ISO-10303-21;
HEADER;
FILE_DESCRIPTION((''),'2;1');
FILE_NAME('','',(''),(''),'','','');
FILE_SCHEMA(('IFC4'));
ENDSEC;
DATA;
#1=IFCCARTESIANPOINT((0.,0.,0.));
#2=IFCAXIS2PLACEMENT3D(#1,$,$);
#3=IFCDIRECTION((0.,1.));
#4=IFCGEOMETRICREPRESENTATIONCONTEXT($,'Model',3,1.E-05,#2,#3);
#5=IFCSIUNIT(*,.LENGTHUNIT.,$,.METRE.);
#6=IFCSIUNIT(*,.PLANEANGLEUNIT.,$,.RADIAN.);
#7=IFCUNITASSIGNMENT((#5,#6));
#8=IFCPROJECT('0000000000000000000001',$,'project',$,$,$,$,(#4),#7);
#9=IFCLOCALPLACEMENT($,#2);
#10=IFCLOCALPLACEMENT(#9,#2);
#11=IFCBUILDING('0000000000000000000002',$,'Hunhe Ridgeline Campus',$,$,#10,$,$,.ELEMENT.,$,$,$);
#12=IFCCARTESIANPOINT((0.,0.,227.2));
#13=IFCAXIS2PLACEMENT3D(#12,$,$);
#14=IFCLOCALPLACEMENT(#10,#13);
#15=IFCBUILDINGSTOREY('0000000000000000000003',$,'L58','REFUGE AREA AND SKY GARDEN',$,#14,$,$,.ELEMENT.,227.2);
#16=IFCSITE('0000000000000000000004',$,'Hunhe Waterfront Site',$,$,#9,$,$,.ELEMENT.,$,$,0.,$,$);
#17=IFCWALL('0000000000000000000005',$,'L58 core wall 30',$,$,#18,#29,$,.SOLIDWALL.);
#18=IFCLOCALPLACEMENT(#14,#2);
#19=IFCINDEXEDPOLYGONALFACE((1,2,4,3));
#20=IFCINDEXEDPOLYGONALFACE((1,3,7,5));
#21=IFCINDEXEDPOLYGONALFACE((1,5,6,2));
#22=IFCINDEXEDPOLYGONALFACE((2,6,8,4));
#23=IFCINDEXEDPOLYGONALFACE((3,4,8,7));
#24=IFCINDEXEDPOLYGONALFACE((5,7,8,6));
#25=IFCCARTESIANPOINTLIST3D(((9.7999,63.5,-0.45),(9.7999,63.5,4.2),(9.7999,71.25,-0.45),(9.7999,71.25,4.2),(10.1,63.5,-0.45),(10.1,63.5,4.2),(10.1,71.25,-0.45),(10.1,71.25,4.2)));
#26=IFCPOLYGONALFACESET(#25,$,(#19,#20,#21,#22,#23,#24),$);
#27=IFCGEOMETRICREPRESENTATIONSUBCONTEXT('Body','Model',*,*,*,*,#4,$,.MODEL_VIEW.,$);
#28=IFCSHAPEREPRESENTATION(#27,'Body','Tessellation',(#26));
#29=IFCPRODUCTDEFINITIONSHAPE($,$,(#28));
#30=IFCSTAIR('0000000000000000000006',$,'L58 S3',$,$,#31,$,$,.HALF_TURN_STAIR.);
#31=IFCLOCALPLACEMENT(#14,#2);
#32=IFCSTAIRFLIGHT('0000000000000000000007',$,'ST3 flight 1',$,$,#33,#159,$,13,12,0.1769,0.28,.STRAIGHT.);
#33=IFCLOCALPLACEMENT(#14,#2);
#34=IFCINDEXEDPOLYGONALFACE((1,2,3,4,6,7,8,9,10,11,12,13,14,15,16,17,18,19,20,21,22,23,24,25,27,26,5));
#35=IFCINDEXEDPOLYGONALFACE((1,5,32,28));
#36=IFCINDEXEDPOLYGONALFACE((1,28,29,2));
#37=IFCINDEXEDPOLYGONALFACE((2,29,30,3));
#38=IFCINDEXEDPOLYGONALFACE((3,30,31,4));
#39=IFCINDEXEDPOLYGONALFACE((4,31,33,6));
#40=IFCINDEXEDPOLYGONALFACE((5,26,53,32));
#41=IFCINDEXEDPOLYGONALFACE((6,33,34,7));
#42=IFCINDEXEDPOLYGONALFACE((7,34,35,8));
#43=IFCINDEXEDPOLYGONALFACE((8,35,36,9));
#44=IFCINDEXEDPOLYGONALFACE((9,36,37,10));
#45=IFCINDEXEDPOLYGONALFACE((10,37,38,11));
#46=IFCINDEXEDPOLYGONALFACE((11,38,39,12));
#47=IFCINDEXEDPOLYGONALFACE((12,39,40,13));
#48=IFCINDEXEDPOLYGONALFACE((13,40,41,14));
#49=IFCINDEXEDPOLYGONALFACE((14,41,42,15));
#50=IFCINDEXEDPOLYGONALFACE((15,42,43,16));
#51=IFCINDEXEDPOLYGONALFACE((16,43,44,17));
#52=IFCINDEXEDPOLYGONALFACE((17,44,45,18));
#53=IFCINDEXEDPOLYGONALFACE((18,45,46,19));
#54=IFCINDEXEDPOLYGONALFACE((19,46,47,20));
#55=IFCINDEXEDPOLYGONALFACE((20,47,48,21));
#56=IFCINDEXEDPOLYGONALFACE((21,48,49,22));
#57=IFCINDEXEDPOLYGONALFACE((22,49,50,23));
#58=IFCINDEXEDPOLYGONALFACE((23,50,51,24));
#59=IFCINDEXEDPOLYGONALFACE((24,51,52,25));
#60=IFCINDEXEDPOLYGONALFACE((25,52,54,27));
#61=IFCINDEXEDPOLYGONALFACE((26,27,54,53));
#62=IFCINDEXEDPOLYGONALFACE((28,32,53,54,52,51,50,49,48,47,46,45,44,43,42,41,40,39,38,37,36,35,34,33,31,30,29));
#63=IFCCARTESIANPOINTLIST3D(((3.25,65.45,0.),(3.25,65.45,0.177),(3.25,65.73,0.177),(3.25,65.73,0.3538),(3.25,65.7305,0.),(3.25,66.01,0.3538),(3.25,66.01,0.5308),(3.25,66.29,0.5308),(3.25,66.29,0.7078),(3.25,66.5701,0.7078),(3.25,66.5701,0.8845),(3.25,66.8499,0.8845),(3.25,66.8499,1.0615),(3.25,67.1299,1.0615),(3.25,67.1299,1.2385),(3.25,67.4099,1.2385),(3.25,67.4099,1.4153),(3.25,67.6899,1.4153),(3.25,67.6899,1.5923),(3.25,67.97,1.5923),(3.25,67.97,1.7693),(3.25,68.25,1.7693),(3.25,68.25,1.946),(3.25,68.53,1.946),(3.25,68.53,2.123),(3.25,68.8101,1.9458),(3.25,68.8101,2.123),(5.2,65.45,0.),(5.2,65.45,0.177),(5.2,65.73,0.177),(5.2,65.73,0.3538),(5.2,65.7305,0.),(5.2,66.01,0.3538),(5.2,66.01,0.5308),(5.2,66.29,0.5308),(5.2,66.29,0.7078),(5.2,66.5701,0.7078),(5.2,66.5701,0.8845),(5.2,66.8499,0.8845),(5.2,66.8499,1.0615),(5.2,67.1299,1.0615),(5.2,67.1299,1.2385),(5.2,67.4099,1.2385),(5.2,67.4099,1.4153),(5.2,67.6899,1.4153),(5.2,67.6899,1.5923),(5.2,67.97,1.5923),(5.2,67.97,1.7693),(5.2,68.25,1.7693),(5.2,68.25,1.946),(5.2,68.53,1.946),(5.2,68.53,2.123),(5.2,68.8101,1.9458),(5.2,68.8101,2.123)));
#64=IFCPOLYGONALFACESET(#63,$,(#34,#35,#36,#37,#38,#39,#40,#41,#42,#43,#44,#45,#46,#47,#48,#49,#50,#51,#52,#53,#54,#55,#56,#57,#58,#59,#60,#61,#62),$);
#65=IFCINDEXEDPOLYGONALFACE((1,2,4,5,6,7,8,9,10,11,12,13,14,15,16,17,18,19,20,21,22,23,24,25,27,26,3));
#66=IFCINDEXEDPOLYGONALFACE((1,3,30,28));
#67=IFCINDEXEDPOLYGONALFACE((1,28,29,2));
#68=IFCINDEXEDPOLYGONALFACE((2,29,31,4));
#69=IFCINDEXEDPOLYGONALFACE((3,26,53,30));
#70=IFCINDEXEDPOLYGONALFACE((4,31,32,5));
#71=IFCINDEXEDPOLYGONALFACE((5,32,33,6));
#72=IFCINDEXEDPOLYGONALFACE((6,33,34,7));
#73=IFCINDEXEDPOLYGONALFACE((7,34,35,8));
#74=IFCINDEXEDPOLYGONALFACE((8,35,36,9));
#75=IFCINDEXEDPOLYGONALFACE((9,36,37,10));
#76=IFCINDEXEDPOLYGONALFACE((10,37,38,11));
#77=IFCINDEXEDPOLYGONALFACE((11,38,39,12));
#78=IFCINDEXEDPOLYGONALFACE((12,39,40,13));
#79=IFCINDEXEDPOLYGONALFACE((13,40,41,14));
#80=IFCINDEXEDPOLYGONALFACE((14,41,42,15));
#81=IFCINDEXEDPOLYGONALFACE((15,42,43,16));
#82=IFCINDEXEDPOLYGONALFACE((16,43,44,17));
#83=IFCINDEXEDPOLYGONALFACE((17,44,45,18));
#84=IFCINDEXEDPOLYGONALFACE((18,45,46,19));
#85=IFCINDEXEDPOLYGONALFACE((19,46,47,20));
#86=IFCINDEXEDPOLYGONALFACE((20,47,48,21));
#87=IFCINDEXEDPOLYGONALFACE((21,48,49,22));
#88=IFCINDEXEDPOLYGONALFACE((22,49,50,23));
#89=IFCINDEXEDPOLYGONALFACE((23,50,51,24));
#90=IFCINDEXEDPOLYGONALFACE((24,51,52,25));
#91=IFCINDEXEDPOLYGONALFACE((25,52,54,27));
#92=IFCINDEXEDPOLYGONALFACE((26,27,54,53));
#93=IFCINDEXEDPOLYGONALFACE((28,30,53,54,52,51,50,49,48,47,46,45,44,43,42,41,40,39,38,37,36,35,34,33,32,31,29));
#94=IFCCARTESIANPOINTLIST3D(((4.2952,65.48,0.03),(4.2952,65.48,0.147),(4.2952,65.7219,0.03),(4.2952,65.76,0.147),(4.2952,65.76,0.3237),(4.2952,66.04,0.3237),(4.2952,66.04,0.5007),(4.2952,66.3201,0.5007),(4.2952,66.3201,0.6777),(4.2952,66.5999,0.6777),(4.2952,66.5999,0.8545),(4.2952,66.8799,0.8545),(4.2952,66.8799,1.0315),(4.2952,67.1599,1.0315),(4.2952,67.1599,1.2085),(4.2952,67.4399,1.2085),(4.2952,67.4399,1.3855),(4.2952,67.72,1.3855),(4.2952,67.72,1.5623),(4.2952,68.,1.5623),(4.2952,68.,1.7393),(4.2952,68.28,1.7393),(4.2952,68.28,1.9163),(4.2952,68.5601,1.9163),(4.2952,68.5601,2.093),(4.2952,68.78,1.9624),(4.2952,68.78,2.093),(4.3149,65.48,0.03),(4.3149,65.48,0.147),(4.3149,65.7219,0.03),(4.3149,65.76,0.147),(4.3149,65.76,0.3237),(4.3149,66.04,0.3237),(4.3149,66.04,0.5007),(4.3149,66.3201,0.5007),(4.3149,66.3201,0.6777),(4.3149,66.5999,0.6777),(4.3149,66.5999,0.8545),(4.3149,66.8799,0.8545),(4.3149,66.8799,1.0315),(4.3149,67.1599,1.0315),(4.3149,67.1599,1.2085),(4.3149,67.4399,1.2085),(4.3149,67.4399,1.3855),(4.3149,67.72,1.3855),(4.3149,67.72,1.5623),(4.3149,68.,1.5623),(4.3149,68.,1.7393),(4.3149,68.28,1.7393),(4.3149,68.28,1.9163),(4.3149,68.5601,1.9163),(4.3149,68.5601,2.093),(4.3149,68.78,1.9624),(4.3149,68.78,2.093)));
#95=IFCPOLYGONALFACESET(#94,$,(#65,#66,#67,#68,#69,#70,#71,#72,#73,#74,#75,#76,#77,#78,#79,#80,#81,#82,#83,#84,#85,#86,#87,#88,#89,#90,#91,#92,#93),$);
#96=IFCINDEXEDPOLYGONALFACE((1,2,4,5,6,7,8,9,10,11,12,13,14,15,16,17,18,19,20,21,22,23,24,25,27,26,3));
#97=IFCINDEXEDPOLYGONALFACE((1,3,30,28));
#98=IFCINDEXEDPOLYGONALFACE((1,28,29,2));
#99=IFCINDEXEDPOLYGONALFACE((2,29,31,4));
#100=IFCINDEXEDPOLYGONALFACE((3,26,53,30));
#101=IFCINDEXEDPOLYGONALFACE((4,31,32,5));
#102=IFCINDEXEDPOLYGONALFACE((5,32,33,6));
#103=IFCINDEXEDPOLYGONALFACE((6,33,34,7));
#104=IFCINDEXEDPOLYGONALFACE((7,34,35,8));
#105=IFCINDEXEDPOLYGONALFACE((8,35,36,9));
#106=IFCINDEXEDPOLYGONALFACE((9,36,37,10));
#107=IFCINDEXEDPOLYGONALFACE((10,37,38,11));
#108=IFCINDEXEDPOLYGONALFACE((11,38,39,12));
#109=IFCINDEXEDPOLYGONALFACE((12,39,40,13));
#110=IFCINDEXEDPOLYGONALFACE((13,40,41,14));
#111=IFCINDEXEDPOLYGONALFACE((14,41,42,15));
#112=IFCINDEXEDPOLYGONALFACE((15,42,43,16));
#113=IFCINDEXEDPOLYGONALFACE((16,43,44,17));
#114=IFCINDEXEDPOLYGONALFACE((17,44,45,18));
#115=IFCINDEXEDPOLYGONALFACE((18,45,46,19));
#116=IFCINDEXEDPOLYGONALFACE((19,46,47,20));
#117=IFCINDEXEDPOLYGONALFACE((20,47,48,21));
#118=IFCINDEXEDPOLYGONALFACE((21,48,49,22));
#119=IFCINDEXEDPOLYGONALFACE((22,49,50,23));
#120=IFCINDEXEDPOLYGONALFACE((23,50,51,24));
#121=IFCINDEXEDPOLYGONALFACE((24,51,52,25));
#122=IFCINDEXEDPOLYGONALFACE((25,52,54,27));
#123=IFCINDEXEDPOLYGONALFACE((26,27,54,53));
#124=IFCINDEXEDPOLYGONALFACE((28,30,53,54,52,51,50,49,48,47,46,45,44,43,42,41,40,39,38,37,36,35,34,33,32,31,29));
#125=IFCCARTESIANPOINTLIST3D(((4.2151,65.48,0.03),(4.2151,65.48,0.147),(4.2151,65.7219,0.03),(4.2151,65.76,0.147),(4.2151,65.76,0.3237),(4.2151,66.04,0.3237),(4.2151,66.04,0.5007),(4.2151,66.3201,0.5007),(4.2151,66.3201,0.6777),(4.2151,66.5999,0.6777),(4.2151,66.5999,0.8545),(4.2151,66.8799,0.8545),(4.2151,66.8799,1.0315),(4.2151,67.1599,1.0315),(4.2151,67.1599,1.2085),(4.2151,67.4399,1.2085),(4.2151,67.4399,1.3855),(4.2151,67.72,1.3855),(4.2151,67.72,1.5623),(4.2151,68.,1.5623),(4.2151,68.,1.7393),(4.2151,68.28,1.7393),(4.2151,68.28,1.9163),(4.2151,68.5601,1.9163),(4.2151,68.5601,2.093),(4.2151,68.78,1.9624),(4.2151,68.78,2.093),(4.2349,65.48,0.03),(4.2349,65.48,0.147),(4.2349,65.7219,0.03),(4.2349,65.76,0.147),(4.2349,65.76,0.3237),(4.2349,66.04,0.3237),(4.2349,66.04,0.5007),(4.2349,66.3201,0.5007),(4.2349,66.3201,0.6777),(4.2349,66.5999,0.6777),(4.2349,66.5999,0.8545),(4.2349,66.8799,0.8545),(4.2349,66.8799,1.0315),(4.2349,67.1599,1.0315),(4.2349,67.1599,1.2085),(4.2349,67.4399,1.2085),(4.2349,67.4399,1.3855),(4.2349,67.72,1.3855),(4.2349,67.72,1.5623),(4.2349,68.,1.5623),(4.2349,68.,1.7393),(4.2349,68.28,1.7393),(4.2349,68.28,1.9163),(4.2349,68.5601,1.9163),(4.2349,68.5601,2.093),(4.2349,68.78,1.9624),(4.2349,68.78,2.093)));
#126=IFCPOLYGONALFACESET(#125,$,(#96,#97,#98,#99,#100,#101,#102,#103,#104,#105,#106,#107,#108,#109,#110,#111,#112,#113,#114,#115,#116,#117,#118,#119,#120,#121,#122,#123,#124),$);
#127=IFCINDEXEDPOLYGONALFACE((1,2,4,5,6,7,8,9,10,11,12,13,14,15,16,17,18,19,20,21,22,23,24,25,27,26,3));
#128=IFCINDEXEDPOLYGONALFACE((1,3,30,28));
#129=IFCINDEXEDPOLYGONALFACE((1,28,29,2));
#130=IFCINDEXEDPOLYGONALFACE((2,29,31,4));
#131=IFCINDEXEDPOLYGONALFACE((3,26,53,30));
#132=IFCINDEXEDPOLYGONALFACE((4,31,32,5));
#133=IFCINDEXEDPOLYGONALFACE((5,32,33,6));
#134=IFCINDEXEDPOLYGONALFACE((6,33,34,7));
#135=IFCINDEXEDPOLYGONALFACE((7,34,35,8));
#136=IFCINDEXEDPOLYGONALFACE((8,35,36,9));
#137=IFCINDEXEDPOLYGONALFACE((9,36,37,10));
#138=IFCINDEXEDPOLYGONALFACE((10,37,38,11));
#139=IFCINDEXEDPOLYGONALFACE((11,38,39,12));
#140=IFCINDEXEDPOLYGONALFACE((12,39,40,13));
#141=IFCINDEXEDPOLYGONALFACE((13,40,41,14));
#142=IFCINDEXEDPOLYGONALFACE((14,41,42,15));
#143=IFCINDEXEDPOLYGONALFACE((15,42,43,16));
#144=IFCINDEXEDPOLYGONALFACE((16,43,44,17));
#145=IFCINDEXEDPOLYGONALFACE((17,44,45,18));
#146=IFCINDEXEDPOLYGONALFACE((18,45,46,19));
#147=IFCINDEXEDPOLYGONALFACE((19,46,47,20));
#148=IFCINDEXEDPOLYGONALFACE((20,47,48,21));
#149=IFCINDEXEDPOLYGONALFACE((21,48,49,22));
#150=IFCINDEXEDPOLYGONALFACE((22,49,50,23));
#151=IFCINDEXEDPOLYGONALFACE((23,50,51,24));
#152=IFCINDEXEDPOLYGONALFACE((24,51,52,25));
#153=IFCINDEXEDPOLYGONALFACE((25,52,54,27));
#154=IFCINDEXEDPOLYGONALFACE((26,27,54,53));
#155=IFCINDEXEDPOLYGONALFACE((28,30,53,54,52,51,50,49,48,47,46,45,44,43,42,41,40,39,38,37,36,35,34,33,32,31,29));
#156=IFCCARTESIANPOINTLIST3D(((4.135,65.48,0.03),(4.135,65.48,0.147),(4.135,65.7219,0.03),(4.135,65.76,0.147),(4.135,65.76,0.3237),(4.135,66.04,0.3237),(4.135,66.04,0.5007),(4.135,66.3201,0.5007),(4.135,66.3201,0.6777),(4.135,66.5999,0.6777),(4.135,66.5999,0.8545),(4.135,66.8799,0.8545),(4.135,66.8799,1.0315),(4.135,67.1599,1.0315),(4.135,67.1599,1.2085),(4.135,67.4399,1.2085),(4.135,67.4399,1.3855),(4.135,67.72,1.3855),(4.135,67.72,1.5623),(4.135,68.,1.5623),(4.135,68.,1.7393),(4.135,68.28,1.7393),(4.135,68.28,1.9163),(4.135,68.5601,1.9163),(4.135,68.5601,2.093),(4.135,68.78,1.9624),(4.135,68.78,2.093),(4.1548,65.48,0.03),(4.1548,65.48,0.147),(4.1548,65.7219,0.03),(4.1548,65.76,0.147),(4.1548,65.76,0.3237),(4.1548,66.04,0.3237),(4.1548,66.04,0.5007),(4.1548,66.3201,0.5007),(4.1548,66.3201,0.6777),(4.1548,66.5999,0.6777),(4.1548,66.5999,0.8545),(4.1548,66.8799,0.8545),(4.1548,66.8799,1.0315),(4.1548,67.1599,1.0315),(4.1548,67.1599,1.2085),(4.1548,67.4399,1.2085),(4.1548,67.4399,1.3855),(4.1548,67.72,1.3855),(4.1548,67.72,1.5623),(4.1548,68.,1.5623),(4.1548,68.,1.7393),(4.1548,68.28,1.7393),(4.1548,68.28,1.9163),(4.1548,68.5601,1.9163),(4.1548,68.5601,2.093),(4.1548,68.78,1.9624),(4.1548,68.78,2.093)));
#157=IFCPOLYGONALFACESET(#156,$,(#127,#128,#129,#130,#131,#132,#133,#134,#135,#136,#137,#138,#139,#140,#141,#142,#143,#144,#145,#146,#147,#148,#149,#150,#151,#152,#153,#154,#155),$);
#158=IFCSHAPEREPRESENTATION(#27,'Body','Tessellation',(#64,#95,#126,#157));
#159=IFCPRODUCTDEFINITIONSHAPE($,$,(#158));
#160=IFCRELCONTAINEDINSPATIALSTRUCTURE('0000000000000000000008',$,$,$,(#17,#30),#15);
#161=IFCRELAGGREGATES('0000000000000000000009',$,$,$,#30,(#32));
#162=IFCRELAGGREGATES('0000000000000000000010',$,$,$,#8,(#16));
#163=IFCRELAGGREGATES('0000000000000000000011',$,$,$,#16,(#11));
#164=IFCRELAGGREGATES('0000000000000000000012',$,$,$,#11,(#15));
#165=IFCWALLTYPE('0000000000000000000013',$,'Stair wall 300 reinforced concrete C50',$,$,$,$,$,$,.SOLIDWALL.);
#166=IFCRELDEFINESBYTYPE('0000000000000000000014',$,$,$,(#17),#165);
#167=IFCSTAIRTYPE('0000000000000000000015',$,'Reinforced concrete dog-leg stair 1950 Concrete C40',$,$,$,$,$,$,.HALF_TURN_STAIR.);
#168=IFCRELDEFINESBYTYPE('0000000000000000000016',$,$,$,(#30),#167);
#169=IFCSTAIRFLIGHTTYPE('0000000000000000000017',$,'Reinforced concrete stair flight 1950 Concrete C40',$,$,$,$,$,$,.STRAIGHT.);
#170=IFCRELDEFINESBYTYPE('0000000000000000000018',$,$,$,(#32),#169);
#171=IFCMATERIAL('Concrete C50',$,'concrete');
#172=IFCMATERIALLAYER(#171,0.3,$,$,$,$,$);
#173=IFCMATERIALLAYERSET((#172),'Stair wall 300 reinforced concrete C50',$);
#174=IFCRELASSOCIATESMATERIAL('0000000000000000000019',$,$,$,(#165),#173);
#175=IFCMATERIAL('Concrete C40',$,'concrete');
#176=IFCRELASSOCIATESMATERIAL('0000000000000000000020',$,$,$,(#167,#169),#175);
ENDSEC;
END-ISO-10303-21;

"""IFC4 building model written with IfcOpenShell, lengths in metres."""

from ifc_helpers import new_model, si_unit, direction, frame, frame_2d, origin, place, context, subcontext, project, spatial, polyline, rectangle, outline, extrude, material, layer, layer_set, type_object, element, aggregate, save


model = new_model("IFC4")

# Units and contexts
model_context = context("Model", 3, precision=1e-05, world=origin(), true_north=direction((0.0, 1.0)))
body_context = subcontext(model_context, "Body", "Model", "MODEL_VIEW")
ifc_project = project(units=[si_unit("LENGTHUNIT", "METRE"), si_unit("PLANEANGLEUNIT", "RADIAN")], contexts=[model_context])

# Site, building, storey
site_placement = place(None, origin())
site = spatial("IfcSite", under=ifc_project, at=site_placement, Name="Hunhe Waterfront Site", CompositionType="ELEMENT", RefElevation=0.0)
building_placement = place(site_placement, origin())
building = spatial("IfcBuilding", under=site, at=building_placement, Name="Hunhe Ridgeline Campus", CompositionType="ELEMENT")
storey_placement = place(building_placement, frame((0.0, 0.0, 227.2)))
storey = spatial("IfcBuildingStorey", under=building, at=storey_placement, Name="L58", Description="REFUGE AREA AND SKY GARDEN", CompositionType="ELEMENT", Elevation=227.2)

# Shared definitions
ifc_material_1 = material(Name="Concrete C50", Category="concrete")

# Shared definitions
ifc_layer_1 = layer(ifc_material_1, 0.3)
ifc_layer_set_1 = layer_set([ifc_layer_1], Name="Stair wall 300 reinforced concrete C50")
wall_type_1 = type_object("IfcWallType", Name="Stair wall 300 reinforced concrete C50", PredefinedType="SOLIDWALL", material=ifc_layer_set_1)

# Wall
wall_1_placement = place(storey_placement, frame((9.95, 63.5, -0.45), z_axis=(0.0, 0.0, 1.0), x_axis=(0.0, 1.0, 0.0)))
element("IfcWall", 1, at=wall_1_placement, inside=storey, type_object=wall_type_1, Name="L58 core wall 30", PredefinedType="SOLIDWALL", context=body_context, shape_type="SweptSolid", body=[
    extrude(rectangle(XDim=7.75, YDim=0.3, at=frame_2d((3.875, 0.0))), origin(), (0.0, 0.0, 1.0), 4.6499),
])

# Stair, stair flight
ifc_material_2 = material(Name="Concrete C40", Category="concrete")
stair_type = type_object("IfcStairType", Name="Reinforced concrete dog-leg stair 1950 Concrete C40", PredefinedType="HALF_TURN_STAIR", material=ifc_material_2)
stair_1_placement = place(storey_placement, origin())
stair_1 = element("IfcStair", 2, at=stair_1_placement, inside=storey, type_object=stair_type, Name="L58 S3", PredefinedType="HALF_TURN_STAIR")
stair_flight_type = type_object("IfcStairFlightType", Name="Reinforced concrete stair flight 1950 Concrete C40", PredefinedType="STRAIGHT", material=ifc_material_2)
stair_flight_1_placement = place(storey_placement, frame((4.2251, 65.45, 0.0), z_axis=(0.0, 0.0, 1.0), x_axis=(0.0, 1.0, 0.0)))
stair_flight_1 = element("IfcStairFlight", 3, at=stair_flight_1_placement, type_object=stair_flight_type, Name="ST3 flight 1", NumberOfRisers=13, NumberOfTreads=12, PredefinedType="STRAIGHT", RiserHeight=0.1769, TreadLength=0.28, context=body_context, shape_type="SweptSolid", body=[
    extrude(outline(polyline([(0.0, 0.0), (0.0, 0.177), (0.28, 0.177), (0.28, 0.3538), (0.5601, 0.3538), (0.5601, 0.5308), (0.8401, 0.5308), (0.8401, 0.7078), (1.1201, 0.7078), (1.1201, 0.8845), (1.3999, 0.8845), (1.3999, 1.0615), (1.6799, 1.0615), (1.6799, 1.2385), (1.96, 1.2385), (1.96, 1.4153), (2.24, 1.4153), (2.24, 1.5923), (2.52, 1.5923), (2.52, 1.7693), (2.8, 1.7693), (2.8, 1.946), (3.0801, 1.946), (3.0801, 2.123), (3.3601, 2.123), (3.3601, 2.3), (3.3601, 1.9458), (0.2805, 0.0), (0.0, 0.0)])), frame((0.0, 0.9751, 0.0), z_axis=(0.0, -1.0, 0.0), x_axis=(1.0, 0.0, 0.0)), (0.0, 0.0, 1.0), 1.95),
    extrude(outline(polyline([(0.03, 0.03), (0.03, 0.147), (0.3101, 0.147), (0.3101, 0.3237), (0.5901, 0.3237), (0.5901, 0.5007), (0.8701, 0.5007), (0.8701, 0.6777), (1.1499, 0.6777), (1.1499, 0.8545), (1.4299, 0.8545), (1.4299, 1.0315), (1.71, 1.0315), (1.71, 1.2085), (1.99, 1.2085), (1.99, 1.3855), (2.27, 1.3855), (2.27, 1.5623), (2.55, 1.5623), (2.55, 1.7393), (2.8301, 1.7393), (2.8301, 1.9163), (3.1101, 1.9163), (3.1101, 2.093), (3.3301, 2.093), (3.3301, 1.9624), (0.272, 0.03), (0.03, 0.03)])), frame((0.0, -0.0701, 0.0), z_axis=(0.0, -1.0, 0.0), x_axis=(1.0, 0.0, 0.0)), (0.0, 0.0, 1.0), 0.0198),
    extrude(outline(polyline([(0.03, 0.03), (0.03, 0.147), (0.3101, 0.147), (0.3101, 0.3237), (0.5901, 0.3237), (0.5901, 0.5007), (0.8701, 0.5007), (0.8701, 0.6777), (1.1499, 0.6777), (1.1499, 0.8545), (1.4299, 0.8545), (1.4299, 1.0315), (1.71, 1.0315), (1.71, 1.2085), (1.99, 1.2085), (1.99, 1.3855), (2.27, 1.3855), (2.27, 1.5623), (2.55, 1.5623), (2.55, 1.7393), (2.8301, 1.7393), (2.8301, 1.9163), (3.1101, 1.9163), (3.1101, 2.093), (3.3301, 2.093), (3.3301, 1.9624), (0.272, 0.03), (0.03, 0.03)])), frame((0.0, 0.01, 0.0), z_axis=(0.0, -1.0, 0.0), x_axis=(1.0, 0.0, 0.0)), (0.0, 0.0, 1.0), 0.0198),
    extrude(outline(polyline([(0.03, 0.03), (0.03, 0.147), (0.3101, 0.147), (0.3101, 0.3237), (0.5901, 0.3237), (0.5901, 0.5007), (0.8701, 0.5007), (0.8701, 0.6777), (1.1499, 0.6777), (1.1499, 0.8545), (1.4299, 0.8545), (1.4299, 1.0315), (1.71, 1.0315), (1.71, 1.2085), (1.99, 1.2085), (1.99, 1.3855), (2.27, 1.3855), (2.27, 1.5623), (2.55, 1.5623), (2.55, 1.7393), (2.8301, 1.7393), (2.8301, 1.9163), (3.1101, 1.9163), (3.1101, 2.093), (3.3301, 2.093), (3.3301, 1.9624), (0.272, 0.03), (0.03, 0.03)])), frame((0.0, 0.0901, 0.0), z_axis=(0.0, -1.0, 0.0), x_axis=(1.0, 0.0, 0.0)), (0.0, 0.0, 1.0), 0.0198),
])
aggregate(stair_1, [stair_flight_1])

save(model, "model.ifc")
